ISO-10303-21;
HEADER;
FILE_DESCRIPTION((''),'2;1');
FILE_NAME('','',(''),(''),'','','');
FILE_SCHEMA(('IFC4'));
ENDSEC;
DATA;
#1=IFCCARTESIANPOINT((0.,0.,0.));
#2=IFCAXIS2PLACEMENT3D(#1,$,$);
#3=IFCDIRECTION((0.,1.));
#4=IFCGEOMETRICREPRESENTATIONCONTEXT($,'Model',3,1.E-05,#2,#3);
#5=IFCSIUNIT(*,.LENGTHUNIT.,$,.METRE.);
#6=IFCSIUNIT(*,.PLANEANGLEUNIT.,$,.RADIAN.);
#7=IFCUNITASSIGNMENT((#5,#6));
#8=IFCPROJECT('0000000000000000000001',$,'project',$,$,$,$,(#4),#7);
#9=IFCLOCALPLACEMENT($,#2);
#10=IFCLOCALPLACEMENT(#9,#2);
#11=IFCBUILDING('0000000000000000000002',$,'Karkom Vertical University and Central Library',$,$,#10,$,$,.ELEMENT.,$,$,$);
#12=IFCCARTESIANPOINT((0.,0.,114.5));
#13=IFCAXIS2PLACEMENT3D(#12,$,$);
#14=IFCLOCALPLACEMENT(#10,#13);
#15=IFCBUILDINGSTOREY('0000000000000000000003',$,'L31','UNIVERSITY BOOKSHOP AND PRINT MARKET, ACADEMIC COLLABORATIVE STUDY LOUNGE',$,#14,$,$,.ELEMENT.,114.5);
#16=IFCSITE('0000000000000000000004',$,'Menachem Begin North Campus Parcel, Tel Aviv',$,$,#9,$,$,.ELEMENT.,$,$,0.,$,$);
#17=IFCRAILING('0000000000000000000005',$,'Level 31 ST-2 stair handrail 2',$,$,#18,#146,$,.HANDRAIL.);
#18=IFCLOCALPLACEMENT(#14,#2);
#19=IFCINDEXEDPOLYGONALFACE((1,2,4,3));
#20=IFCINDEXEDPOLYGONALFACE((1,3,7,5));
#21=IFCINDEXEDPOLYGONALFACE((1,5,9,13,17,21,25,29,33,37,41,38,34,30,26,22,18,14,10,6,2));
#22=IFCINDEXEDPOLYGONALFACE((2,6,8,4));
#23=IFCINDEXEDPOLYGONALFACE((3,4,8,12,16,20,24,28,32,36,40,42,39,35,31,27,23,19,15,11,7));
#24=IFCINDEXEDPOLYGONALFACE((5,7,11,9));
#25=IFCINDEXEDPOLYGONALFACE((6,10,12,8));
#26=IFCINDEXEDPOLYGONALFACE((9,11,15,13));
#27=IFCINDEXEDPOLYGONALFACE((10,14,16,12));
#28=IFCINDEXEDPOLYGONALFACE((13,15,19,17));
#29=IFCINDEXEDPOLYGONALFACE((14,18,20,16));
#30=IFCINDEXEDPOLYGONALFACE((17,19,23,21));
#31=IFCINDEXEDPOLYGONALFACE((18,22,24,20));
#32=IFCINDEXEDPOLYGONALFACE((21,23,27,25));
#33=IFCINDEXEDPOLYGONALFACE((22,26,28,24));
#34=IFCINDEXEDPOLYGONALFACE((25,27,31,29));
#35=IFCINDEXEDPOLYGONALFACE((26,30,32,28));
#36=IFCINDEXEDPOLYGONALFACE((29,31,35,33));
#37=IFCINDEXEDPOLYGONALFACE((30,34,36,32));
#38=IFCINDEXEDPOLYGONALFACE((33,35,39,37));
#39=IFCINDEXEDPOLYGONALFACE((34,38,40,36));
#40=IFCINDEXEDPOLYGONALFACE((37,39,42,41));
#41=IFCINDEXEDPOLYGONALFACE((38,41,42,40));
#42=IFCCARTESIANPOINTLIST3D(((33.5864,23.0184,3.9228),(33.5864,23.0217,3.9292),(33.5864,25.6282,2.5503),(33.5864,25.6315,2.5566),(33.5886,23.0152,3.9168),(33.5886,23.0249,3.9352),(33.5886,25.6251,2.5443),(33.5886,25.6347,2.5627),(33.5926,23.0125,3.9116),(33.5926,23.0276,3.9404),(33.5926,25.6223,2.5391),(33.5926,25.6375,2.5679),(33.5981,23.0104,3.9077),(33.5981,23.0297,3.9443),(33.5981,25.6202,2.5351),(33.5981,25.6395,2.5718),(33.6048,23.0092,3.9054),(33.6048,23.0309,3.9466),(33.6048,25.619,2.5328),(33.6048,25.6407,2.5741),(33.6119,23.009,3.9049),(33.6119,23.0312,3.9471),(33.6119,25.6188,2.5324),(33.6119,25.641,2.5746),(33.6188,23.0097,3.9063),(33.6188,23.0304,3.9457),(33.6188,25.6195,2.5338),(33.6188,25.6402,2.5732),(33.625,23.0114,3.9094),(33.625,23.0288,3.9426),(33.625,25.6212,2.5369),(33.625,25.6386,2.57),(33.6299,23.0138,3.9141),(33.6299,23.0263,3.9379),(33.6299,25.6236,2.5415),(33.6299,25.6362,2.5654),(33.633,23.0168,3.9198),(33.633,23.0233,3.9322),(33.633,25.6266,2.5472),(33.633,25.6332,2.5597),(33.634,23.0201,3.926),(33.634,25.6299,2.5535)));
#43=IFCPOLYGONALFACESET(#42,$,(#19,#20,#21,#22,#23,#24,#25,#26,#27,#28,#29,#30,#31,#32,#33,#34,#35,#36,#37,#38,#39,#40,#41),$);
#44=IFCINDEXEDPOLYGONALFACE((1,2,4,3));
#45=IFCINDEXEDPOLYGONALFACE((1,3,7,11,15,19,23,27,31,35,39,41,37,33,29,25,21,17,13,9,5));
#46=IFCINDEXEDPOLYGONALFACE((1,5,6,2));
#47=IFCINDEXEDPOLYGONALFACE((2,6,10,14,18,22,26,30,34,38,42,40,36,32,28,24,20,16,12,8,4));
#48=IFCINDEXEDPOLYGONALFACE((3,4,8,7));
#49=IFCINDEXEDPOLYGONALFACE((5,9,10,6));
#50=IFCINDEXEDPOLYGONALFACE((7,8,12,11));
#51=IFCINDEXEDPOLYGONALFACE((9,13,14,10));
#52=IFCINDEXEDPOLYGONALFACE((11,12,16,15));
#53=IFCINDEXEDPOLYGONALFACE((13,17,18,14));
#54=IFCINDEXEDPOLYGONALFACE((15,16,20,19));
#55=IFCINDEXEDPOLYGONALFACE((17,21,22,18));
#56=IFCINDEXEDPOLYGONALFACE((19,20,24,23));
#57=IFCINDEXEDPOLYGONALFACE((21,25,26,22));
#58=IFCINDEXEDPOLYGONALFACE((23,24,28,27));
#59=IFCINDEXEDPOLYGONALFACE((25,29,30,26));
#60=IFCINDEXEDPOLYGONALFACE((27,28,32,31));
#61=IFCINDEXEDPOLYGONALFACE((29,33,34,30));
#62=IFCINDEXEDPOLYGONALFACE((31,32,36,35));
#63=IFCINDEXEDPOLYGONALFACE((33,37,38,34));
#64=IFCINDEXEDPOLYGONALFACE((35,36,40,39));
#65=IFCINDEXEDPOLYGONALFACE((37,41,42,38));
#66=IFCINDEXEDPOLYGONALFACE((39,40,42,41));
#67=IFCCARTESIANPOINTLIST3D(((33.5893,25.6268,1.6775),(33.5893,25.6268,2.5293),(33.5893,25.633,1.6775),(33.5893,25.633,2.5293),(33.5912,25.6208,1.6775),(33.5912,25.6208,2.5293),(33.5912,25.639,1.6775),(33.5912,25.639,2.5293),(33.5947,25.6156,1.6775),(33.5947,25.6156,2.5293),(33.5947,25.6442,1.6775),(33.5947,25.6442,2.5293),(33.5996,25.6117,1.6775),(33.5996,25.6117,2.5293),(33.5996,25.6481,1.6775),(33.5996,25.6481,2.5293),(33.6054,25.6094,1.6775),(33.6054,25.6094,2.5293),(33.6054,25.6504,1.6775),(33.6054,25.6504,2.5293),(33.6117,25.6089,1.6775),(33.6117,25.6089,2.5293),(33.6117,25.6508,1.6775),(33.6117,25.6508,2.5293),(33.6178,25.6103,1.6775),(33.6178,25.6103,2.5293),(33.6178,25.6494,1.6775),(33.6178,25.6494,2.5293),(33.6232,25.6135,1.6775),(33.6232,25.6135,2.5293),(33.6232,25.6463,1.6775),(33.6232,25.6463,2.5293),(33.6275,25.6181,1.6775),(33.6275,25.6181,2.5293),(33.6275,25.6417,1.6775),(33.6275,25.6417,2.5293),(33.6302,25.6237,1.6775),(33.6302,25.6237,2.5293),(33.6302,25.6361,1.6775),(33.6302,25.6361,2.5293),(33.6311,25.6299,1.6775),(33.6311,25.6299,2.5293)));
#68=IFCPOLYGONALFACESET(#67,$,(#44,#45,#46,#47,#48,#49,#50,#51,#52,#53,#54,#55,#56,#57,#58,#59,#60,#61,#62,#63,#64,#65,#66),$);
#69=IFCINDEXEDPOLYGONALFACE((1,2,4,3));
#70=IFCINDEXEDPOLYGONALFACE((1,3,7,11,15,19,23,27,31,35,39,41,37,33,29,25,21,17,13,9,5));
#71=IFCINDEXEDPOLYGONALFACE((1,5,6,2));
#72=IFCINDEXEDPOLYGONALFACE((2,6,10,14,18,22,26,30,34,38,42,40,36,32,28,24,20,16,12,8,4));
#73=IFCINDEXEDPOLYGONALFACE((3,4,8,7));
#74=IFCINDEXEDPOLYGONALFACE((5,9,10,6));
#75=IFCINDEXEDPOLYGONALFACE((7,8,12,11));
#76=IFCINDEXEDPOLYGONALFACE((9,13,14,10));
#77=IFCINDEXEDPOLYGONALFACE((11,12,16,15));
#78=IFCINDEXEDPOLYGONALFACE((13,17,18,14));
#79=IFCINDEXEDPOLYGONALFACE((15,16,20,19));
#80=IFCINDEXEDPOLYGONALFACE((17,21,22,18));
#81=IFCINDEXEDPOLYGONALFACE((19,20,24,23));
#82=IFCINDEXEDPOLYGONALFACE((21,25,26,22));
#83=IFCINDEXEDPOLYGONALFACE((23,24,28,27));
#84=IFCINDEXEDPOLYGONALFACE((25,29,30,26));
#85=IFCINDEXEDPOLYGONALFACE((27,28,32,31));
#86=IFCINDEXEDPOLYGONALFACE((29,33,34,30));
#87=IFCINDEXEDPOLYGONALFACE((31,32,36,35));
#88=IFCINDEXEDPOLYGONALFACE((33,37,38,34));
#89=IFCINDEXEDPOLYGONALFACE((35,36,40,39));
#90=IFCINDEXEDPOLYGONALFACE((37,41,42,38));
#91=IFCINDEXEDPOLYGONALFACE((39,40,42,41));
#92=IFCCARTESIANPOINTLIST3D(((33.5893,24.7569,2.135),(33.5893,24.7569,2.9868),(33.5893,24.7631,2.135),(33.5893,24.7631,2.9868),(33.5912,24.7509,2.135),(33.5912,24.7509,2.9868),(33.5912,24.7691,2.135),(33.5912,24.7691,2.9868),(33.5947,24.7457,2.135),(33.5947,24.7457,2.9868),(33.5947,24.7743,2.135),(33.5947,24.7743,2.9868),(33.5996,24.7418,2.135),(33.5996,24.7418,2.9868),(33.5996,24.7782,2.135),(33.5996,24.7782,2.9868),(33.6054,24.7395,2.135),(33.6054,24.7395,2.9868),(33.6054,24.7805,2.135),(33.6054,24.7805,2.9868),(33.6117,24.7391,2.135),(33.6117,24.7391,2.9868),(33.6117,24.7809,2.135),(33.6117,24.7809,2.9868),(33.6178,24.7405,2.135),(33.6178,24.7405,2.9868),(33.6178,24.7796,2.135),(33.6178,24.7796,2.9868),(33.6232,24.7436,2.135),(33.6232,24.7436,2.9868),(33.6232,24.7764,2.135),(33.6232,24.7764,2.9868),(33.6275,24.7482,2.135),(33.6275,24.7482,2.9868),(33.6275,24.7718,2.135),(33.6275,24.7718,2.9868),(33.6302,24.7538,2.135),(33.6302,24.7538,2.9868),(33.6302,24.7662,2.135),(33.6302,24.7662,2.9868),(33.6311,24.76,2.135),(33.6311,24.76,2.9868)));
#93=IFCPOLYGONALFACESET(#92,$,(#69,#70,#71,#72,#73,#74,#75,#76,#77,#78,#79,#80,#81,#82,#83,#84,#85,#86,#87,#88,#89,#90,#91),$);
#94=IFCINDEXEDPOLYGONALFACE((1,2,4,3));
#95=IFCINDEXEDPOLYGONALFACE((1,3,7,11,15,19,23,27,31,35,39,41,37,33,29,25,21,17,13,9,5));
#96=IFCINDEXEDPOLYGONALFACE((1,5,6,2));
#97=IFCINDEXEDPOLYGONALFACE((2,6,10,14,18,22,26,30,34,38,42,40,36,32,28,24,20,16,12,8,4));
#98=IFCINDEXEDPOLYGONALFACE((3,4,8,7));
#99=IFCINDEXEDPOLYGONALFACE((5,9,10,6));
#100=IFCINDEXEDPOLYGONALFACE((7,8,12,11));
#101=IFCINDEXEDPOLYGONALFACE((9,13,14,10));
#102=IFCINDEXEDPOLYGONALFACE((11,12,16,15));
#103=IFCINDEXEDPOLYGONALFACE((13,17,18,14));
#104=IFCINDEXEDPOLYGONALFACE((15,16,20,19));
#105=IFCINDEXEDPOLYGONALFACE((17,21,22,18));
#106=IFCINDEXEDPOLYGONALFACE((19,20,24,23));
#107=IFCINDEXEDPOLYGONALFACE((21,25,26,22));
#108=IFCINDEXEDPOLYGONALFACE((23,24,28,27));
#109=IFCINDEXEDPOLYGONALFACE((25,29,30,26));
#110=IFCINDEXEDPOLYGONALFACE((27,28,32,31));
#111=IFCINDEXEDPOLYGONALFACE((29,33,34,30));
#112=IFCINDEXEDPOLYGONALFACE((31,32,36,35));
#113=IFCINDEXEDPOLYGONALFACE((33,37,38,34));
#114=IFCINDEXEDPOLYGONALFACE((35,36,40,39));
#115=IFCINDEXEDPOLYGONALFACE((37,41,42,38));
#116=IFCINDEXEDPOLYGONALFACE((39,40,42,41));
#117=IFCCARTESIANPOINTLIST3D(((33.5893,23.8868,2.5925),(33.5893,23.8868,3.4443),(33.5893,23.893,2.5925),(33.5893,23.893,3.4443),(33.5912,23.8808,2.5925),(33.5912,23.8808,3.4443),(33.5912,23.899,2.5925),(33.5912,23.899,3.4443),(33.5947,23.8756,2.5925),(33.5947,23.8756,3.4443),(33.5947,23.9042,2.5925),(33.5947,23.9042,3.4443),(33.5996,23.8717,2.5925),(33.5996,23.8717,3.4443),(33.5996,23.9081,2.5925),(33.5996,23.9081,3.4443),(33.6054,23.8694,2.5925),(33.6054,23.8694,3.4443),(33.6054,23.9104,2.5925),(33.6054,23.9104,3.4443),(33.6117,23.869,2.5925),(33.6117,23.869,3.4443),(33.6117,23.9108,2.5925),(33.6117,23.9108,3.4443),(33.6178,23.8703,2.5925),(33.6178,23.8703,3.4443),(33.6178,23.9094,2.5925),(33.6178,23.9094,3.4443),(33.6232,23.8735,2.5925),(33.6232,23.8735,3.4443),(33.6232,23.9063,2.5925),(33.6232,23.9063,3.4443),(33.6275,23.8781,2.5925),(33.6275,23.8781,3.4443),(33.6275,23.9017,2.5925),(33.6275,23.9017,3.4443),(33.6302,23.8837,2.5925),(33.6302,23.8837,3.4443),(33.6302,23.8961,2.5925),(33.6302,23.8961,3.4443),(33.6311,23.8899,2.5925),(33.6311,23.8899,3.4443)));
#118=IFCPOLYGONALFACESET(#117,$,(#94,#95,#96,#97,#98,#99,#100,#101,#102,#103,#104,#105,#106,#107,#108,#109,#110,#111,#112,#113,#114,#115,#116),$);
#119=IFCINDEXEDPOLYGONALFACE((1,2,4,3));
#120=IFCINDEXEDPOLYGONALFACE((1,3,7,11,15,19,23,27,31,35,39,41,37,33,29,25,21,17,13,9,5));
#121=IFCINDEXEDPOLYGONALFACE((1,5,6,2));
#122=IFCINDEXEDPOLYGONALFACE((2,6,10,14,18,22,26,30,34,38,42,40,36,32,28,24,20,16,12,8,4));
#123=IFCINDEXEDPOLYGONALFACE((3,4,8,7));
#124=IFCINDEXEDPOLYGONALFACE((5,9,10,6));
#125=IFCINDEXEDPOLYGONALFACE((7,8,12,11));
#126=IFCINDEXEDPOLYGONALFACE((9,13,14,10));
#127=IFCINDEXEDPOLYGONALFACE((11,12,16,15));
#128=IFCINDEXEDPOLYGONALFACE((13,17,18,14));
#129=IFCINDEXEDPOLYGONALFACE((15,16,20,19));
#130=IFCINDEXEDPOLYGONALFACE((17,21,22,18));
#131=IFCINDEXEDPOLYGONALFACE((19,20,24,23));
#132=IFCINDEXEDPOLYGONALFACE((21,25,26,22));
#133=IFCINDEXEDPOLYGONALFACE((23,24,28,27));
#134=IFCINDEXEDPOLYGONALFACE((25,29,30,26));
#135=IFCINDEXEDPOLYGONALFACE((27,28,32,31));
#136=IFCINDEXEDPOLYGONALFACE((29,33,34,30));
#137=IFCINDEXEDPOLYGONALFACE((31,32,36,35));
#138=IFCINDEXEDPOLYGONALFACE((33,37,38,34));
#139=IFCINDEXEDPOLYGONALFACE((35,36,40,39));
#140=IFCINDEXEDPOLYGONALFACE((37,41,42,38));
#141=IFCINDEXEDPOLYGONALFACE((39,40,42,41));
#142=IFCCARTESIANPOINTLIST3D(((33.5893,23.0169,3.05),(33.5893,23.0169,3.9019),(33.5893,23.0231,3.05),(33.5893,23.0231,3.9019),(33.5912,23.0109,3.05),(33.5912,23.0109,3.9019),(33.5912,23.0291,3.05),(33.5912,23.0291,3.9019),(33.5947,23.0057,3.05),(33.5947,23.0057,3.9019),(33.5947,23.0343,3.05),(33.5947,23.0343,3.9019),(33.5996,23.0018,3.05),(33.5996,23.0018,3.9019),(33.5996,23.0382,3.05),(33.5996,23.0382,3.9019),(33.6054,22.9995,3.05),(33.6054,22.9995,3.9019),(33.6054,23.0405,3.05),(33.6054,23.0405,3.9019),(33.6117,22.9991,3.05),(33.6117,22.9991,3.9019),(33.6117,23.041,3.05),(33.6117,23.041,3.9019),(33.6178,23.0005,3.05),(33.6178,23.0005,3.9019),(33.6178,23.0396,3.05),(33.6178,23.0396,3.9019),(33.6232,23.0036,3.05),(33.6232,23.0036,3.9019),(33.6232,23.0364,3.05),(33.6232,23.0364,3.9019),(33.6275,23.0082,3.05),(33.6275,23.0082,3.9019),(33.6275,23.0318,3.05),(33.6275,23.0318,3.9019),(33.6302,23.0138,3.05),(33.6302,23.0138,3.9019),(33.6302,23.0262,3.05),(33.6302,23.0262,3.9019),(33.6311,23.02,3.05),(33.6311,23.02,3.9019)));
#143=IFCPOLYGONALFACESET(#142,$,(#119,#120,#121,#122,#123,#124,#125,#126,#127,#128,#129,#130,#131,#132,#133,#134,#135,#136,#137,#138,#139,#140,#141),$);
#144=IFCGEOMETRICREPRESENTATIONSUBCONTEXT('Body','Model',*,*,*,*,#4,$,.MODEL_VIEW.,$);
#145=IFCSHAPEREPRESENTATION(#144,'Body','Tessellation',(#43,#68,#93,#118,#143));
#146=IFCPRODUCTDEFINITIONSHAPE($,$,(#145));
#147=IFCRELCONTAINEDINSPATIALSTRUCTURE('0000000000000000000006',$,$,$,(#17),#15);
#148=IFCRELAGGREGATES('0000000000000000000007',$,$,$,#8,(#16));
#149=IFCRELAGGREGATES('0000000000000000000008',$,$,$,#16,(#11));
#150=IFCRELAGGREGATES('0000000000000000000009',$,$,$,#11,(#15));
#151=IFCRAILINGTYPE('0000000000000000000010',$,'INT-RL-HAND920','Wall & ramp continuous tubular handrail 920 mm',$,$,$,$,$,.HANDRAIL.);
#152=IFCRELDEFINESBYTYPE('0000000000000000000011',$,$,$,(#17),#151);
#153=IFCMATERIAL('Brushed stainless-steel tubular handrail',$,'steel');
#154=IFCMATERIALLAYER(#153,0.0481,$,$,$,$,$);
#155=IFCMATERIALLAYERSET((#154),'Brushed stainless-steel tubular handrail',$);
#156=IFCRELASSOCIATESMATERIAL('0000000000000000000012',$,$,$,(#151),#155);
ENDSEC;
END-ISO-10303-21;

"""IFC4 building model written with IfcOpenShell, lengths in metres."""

from ifc_helpers import new_model, si_unit, direction, frame, origin, origin_2d, place, context, subcontext, project, spatial, circle, extrude, material, layer, layer_set, type_object, element, save


model = new_model("IFC4")

# Units and contexts
model_context = context("Model", 3, precision=1e-05, world=origin(), true_north=direction((0.0, 1.0)))
body_context = subcontext(model_context, "Body", "Model", "MODEL_VIEW")
ifc_project = project(units=[si_unit("LENGTHUNIT", "METRE"), si_unit("PLANEANGLEUNIT", "RADIAN")], contexts=[model_context])

# Site, building, storey
site_placement = place(None, origin())
site = spatial("IfcSite", under=ifc_project, at=site_placement, Name="Menachem Begin North Campus Parcel, Tel Aviv", CompositionType="ELEMENT", RefElevation=0.0)
building_placement = place(site_placement, origin())
building = spatial("IfcBuilding", under=site, at=building_placement, Name="Karkom Vertical University and Central Library", CompositionType="ELEMENT")
storey_placement = place(building_placement, frame((0.0, 0.0, 114.5)))
storey = spatial("IfcBuildingStorey", under=building, at=storey_placement, Name="L31", Description="UNIVERSITY BOOKSHOP AND PRINT MARKET, ACADEMIC COLLABORATIVE STUDY LOUNGE", CompositionType="ELEMENT", Elevation=114.5)

# Railing
ifc_material_1 = material(Name="Brushed stainless-steel tubular handrail", Category="steel")
ifc_layer_1 = layer(ifc_material_1, 0.0481)
ifc_layer_set_1 = layer_set([ifc_layer_1], Name="Brushed stainless-steel tubular handrail")
railing_type_1 = type_object("IfcRailingType", Name="INT-RL-HAND920", Description="Wall & ramp continuous tubular handrail 920 mm", PredefinedType="HANDRAIL", material=ifc_layer_set_1)
railing_1_placement = place(storey_placement, frame((33.6101, 25.6299, 1.6775)))
element("IfcRailing", 1, at=railing_1_placement, inside=storey, type_object=railing_type_1, Name="Level 31 ST-2 stair handrail 2", PredefinedType="HANDRAIL", context=body_context, shape_type="SweptSolid", body=[
    extrude(circle(Radius=0.0239, at=origin_2d()), frame((0.0, 0.0, 0.876), z_axis=(0.0, -0.885065, 0.465467), x_axis=(1.0, 0.0, 0.0)), (0.0, 0.0, 1.0), 2.9487),
    extrude(circle(Radius=0.021, at=origin_2d()), origin(), (0.0, 0.0, 1.0), 0.8518),
    extrude(circle(Radius=0.021, at=origin_2d()), frame((0.0, -0.8699, 0.4575)), (0.0, 0.0, 1.0), 0.8518),
    extrude(circle(Radius=0.021, at=origin_2d()), frame((0.0, -1.74, 0.915)), (0.0, 0.0, 1.0), 0.8518),
    extrude(circle(Radius=0.021, at=origin_2d()), frame((0.0, -2.6099, 1.3726)), (0.0, 0.0, 1.0), 0.8518),
])

save(model, "model.ifc")
